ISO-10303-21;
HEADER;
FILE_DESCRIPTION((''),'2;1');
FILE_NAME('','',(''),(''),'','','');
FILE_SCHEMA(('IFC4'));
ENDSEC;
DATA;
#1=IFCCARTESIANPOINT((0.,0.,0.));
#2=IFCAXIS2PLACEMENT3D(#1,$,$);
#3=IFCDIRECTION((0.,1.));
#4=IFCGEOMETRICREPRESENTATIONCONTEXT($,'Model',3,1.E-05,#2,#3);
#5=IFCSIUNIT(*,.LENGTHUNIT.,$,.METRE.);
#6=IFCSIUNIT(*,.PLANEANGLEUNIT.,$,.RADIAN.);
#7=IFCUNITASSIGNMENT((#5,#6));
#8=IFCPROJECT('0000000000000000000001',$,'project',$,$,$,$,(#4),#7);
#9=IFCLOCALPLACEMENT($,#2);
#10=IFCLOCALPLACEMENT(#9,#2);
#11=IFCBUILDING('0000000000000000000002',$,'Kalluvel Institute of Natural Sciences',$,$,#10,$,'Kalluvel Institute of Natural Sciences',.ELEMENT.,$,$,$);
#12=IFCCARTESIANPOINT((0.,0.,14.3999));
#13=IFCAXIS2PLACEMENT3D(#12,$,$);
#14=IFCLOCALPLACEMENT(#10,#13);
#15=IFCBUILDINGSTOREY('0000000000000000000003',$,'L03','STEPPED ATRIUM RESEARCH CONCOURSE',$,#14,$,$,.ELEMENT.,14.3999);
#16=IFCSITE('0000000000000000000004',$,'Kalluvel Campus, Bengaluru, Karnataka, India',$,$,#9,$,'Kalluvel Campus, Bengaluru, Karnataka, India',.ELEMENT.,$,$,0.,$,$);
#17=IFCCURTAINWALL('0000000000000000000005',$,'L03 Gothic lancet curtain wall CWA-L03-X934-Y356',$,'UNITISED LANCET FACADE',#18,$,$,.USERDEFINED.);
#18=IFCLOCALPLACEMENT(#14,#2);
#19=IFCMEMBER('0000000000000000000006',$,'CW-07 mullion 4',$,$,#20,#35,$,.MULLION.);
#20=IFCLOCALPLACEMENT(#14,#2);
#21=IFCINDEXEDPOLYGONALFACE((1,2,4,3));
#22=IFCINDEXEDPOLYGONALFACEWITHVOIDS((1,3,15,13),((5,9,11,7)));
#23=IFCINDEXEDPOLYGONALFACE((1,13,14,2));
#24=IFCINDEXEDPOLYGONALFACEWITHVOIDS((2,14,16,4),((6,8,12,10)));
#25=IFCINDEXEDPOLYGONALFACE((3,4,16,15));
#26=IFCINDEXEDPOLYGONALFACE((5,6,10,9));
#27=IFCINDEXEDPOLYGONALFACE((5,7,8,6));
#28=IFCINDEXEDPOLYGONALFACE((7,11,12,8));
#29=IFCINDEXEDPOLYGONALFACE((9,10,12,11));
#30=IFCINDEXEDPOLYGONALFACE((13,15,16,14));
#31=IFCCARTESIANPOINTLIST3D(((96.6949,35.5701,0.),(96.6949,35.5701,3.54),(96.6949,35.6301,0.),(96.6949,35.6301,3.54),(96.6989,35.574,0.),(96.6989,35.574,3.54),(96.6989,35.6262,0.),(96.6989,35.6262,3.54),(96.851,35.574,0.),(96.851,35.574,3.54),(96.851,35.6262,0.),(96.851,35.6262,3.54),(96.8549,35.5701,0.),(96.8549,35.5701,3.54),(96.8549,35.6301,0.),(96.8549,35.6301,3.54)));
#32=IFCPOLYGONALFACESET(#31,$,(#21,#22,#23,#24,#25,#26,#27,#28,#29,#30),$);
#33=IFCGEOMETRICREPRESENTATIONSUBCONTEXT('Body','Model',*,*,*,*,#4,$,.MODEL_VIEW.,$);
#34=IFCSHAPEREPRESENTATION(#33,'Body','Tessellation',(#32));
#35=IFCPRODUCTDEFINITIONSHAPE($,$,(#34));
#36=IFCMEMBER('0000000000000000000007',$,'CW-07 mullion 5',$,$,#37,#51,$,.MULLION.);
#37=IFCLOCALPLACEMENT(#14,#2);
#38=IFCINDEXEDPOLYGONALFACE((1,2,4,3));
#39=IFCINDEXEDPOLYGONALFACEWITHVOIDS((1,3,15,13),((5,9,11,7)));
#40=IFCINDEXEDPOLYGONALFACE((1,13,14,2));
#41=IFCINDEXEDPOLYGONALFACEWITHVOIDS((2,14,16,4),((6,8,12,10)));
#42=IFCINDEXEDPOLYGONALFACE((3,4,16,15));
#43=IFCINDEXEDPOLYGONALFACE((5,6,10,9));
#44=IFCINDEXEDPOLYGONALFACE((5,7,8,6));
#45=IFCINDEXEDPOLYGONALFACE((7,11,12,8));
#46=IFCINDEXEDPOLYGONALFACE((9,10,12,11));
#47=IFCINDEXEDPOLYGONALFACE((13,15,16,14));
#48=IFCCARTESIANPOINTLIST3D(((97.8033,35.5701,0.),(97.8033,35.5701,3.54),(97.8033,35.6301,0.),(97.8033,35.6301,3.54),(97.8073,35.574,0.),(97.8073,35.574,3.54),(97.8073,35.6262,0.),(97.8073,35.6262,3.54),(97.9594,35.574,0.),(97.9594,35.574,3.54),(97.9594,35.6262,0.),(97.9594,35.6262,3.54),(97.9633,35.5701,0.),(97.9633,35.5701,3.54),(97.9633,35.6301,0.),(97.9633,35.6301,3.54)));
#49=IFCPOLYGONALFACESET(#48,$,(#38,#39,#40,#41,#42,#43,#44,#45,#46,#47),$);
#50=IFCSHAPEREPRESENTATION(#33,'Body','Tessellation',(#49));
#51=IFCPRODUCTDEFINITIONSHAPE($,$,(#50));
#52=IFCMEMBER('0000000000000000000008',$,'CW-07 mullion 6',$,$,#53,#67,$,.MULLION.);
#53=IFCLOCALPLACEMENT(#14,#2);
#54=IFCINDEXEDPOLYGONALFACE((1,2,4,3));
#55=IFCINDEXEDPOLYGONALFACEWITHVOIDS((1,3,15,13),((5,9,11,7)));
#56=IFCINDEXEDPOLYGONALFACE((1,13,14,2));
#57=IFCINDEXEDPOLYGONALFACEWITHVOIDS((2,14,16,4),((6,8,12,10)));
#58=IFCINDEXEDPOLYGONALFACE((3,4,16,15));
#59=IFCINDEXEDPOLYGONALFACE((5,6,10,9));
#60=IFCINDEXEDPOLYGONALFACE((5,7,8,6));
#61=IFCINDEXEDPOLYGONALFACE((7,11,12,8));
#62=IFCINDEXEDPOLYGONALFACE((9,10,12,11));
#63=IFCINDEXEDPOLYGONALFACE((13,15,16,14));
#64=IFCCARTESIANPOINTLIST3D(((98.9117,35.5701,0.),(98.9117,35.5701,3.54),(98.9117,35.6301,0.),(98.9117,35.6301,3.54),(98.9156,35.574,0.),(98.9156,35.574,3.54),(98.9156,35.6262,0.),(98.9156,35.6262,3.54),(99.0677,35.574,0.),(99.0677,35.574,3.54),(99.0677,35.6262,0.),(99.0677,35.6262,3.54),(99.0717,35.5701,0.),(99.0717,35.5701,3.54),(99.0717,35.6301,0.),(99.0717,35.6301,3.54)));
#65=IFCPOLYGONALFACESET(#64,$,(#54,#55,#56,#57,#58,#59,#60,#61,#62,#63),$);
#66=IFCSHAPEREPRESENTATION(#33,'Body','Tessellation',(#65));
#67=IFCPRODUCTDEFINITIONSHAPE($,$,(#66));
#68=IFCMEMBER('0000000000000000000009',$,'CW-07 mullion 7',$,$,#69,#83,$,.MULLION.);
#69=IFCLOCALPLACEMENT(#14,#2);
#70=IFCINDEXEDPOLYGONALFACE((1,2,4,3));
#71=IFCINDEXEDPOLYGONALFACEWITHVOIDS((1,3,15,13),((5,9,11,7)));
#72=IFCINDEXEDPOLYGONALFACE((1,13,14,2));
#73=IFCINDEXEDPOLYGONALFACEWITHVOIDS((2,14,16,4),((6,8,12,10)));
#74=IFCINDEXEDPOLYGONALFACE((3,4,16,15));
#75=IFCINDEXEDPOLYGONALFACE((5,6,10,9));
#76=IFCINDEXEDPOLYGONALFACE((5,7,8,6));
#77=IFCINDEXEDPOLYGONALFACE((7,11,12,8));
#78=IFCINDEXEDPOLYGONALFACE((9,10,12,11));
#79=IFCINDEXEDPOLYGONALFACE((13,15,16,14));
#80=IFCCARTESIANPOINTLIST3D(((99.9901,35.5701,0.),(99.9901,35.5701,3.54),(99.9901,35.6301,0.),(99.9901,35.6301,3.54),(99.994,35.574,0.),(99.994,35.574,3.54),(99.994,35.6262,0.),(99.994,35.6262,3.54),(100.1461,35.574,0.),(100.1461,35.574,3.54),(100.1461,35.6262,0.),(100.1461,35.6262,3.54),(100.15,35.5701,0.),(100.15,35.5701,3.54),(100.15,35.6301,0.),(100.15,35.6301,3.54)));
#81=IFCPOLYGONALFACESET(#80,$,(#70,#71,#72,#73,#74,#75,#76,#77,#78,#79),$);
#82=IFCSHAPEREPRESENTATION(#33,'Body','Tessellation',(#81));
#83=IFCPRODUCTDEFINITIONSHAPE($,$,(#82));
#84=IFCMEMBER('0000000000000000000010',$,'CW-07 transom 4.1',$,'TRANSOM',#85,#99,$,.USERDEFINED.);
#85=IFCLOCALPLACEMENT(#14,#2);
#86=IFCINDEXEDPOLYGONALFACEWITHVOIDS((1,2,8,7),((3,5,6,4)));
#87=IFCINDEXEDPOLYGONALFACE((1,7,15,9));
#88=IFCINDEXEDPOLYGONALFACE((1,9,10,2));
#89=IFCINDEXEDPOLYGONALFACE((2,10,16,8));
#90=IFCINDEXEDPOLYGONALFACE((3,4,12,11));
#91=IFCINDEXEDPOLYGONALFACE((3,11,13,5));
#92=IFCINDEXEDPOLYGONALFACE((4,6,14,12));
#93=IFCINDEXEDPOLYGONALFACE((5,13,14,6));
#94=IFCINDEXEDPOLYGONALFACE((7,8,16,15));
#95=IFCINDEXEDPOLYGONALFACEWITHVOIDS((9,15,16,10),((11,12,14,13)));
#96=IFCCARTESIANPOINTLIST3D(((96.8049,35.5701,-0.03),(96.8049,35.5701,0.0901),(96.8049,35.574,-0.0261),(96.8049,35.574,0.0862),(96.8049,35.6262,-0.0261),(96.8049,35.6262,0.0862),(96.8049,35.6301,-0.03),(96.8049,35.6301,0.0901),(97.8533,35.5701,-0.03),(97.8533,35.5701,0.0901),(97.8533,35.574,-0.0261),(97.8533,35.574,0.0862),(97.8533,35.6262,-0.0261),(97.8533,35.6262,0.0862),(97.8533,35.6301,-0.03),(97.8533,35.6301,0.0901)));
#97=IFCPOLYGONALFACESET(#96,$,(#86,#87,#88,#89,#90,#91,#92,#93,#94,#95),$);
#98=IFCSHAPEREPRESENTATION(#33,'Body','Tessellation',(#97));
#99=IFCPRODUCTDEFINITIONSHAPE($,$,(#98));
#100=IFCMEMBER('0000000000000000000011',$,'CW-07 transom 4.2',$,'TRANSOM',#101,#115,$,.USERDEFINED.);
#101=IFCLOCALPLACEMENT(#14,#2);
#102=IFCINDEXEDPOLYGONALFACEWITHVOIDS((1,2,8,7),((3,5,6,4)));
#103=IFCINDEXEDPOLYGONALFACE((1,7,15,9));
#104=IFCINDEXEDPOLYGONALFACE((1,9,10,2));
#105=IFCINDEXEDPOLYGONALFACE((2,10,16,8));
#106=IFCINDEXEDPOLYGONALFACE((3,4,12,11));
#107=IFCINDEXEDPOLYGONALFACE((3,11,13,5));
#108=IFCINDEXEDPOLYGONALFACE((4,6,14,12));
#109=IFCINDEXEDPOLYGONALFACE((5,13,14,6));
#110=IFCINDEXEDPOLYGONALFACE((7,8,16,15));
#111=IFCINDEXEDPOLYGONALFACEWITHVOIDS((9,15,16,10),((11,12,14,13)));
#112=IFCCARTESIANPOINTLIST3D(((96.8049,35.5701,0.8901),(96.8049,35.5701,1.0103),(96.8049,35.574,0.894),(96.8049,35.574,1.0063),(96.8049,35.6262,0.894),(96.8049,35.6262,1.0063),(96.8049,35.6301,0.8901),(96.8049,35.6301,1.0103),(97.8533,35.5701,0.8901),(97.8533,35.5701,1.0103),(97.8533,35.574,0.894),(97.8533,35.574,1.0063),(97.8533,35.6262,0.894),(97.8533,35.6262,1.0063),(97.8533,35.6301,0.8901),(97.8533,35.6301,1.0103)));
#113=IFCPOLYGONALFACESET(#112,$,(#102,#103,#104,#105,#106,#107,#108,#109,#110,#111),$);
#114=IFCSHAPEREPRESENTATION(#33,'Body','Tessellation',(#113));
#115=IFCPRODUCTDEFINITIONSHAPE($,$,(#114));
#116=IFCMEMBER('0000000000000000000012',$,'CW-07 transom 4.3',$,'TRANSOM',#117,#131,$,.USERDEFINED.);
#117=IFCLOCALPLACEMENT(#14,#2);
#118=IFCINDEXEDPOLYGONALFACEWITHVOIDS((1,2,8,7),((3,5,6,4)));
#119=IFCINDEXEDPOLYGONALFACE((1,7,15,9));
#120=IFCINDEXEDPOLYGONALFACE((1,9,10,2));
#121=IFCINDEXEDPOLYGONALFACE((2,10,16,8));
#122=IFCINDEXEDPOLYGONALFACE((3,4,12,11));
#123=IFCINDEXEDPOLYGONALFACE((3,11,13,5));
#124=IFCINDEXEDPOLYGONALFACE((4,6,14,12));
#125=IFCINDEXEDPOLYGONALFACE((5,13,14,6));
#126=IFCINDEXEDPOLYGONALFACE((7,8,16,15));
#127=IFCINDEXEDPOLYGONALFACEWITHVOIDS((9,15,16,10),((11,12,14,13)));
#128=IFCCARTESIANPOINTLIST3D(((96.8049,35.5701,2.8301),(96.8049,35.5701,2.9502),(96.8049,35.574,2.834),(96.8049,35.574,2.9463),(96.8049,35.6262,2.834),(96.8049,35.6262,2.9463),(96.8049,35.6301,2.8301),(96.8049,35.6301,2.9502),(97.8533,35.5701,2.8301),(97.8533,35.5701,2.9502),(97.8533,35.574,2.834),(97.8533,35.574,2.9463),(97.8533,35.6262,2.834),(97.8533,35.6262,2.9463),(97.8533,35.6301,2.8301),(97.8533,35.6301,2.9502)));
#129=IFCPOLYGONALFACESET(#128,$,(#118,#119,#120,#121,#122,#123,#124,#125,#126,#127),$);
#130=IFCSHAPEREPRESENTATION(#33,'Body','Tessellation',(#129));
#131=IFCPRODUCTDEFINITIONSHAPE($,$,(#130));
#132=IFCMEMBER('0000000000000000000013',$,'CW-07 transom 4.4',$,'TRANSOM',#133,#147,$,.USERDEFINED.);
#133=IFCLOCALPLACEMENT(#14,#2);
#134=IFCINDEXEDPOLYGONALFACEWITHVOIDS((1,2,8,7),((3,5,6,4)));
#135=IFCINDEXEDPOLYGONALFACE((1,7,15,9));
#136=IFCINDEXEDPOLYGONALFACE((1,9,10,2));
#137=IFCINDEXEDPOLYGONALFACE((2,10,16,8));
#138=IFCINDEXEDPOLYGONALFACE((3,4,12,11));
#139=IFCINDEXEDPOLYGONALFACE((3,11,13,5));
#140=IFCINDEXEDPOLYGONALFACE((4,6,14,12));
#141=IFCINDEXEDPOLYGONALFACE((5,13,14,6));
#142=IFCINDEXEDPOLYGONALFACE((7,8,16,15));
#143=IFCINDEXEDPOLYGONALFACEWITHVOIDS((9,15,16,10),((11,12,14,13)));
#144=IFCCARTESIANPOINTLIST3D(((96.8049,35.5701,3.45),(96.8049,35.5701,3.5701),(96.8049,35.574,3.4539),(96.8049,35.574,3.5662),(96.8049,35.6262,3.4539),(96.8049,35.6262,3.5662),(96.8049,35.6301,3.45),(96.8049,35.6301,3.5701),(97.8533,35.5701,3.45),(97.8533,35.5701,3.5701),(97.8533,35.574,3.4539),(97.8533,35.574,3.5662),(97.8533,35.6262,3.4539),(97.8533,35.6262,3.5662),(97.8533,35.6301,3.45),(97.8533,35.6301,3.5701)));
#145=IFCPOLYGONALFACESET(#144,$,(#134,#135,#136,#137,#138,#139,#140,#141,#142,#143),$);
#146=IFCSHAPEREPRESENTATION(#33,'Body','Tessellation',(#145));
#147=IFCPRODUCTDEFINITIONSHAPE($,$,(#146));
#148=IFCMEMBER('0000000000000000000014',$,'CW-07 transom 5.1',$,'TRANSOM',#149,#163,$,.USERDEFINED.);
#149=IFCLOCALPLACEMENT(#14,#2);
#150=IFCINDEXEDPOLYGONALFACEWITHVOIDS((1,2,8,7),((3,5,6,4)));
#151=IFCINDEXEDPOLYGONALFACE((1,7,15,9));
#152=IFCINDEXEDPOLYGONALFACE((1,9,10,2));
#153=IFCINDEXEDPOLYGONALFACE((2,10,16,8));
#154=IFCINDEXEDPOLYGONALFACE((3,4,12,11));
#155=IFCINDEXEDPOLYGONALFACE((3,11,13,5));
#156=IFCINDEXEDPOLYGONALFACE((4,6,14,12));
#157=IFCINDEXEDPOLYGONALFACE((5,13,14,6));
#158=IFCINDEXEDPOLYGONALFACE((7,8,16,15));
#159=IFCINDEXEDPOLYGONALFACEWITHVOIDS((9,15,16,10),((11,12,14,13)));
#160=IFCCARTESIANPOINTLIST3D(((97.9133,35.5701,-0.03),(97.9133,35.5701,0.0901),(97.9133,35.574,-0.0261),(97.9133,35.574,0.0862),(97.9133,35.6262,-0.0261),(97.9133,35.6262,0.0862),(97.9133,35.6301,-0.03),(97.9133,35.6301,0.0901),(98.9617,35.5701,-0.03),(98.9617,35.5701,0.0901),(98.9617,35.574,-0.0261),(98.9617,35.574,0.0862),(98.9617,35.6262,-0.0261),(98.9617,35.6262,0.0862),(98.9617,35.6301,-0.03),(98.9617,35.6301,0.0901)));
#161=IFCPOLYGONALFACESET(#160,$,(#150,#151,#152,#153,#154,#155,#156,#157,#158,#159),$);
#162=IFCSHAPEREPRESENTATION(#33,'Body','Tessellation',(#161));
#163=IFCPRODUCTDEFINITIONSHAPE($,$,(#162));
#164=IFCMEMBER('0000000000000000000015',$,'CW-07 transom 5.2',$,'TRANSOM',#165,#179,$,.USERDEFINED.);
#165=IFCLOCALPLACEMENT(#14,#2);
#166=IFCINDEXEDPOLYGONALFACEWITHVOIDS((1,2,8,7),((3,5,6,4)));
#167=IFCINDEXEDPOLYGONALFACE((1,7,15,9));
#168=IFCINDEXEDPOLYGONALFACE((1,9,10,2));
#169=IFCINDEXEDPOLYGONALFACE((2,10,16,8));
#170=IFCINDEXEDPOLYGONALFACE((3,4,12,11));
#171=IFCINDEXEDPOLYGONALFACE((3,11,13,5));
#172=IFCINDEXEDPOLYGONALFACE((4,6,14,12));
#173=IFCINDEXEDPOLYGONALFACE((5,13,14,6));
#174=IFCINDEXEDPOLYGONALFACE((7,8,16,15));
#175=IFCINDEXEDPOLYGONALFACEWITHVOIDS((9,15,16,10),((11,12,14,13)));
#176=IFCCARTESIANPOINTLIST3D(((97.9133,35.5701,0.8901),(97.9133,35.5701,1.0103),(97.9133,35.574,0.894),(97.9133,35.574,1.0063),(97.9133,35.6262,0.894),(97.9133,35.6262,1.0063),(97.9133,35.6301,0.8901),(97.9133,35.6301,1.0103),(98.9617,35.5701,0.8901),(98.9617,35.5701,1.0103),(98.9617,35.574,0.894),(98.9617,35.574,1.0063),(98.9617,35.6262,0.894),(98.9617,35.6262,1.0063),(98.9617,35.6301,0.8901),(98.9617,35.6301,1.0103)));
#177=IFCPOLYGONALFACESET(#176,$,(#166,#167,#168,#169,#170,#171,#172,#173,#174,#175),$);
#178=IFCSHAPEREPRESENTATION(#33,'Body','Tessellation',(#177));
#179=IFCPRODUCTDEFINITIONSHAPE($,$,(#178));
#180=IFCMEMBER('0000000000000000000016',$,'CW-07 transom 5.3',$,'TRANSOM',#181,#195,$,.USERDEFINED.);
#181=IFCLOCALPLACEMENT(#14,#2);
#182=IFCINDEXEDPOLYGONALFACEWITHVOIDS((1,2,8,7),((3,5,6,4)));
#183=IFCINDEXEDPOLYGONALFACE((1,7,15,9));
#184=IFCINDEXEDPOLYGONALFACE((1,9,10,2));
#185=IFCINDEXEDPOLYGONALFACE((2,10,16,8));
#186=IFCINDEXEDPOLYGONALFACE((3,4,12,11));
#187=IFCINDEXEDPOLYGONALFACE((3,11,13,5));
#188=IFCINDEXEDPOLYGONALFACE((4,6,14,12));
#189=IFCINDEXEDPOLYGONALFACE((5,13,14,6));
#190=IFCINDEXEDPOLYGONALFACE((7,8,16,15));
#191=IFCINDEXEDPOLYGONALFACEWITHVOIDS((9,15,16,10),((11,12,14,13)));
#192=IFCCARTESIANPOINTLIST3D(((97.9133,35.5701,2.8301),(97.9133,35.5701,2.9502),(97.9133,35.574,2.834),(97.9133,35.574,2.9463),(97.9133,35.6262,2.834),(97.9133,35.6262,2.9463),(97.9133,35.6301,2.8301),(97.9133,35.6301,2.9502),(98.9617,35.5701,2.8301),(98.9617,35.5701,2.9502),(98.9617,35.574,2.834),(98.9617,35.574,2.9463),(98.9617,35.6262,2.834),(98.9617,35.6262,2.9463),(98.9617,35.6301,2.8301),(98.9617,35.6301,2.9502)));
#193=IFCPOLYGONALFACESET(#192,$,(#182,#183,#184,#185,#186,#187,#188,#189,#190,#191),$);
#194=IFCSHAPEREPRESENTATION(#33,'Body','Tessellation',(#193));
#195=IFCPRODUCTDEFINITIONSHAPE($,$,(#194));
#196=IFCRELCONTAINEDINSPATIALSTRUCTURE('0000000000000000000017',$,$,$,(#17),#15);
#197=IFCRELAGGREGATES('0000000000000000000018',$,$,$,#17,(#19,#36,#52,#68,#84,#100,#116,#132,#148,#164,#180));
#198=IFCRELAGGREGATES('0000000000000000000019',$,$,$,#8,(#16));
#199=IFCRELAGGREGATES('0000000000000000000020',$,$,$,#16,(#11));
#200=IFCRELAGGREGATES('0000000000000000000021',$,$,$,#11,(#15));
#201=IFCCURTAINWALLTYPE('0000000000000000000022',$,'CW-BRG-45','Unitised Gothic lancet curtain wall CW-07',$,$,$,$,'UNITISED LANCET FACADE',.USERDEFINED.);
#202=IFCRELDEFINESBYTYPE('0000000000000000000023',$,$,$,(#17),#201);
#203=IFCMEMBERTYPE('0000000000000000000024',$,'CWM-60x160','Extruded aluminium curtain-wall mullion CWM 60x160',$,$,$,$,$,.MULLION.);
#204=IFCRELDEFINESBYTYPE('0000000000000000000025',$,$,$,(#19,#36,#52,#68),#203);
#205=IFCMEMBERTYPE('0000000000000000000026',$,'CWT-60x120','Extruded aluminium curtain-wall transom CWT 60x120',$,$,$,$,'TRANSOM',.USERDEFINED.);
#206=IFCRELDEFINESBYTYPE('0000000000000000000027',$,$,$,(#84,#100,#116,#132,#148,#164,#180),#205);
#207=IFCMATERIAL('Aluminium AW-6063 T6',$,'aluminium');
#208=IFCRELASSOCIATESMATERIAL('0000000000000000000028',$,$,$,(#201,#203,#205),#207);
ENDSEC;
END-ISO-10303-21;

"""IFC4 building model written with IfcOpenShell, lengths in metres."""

from ifc_helpers import new_model, si_unit, direction, frame, origin, origin_2d, place, context, subcontext, project, spatial, hollow_rectangle, extrude, material, material_profile, profile_set, type_object, element, aggregate, save


model = new_model("IFC4")

# Units and contexts
model_context = context("Model", 3, precision=1e-05, world=origin(), true_north=direction((0.0, 1.0)))
body_context = subcontext(model_context, "Body", "Model", "MODEL_VIEW")
ifc_project = project(units=[si_unit("LENGTHUNIT", "METRE"), si_unit("PLANEANGLEUNIT", "RADIAN")], contexts=[model_context])

# Site, building, storey
site_placement = place(None, origin())
site = spatial("IfcSite", under=ifc_project, at=site_placement, Name="Kalluvel Campus, Bengaluru, Karnataka, India", LongName="Kalluvel Campus, Bengaluru, Karnataka, India", CompositionType="ELEMENT", RefElevation=0.0)
building_placement = place(site_placement, origin())
building = spatial("IfcBuilding", under=site, at=building_placement, Name="Kalluvel Institute of Natural Sciences", LongName="Kalluvel Institute of Natural Sciences", CompositionType="ELEMENT")
storey_placement = place(building_placement, frame((0.0, 0.0, 14.3999)))
storey = spatial("IfcBuildingStorey", under=building, at=storey_placement, Name="L03", Description="STEPPED ATRIUM RESEARCH CONCOURSE", CompositionType="ELEMENT", Elevation=14.3999)

# Curtain wall, members
ifc_material_1 = material(Name="Aluminium AW-6063 T6", Category="aluminium")
curtain_wall_type = type_object("IfcCurtainWallType", Name="CW-BRG-45", Description="Unitised Gothic lancet curtain wall CW-07", ElementType="UNITISED LANCET FACADE", PredefinedType="USERDEFINED", material=ifc_material_1)
curtain_wall_placement = place(storey_placement, origin())
curtain_wall = element("IfcCurtainWall", 1, at=curtain_wall_placement, inside=storey, type_object=curtain_wall_type, Name="L03 Gothic lancet curtain wall CWA-L03-X934-Y356", ObjectType="UNITISED LANCET FACADE", PredefinedType="USERDEFINED")
ifc_material_profile_1 = material_profile(ifc_material_1, hollow_rectangle(XDim=0.0601, YDim=0.1599, WallThickness=0.0039, at=origin_2d()), Name="CWM 60x160")
ifc_profile_set_1 = profile_set([ifc_material_profile_1], Name="Aluminium AW-6063 T6")
member_type_1 = type_object("IfcMemberType", Name="CWM-60x160", Description="Extruded aluminium curtain-wall mullion CWM 60x160", PredefinedType="MULLION", material=ifc_profile_set_1)
member_1_placement = place(storey_placement, frame((96.7749, 35.6001, 0.0), z_axis=(0.0, 0.0, 1.0), x_axis=(0.0, 1.0, 0.0)))
member_1 = element("IfcMember", 2, at=member_1_placement, type_object=member_type_1, Name="CW-07 mullion 4", PredefinedType="MULLION", context=body_context, shape_type="SweptSolid", body=[
    extrude(hollow_rectangle(XDim=0.0601, YDim=0.1599, WallThickness=0.0039, at=origin_2d()), origin(), (0.0, 0.0, 1.0), 3.54),
])
member_2_placement = place(storey_placement, frame((97.8833, 35.6001, 0.0), z_axis=(0.0, 0.0, 1.0), x_axis=(0.0, 1.0, 0.0)))
member_2 = element("IfcMember", 3, at=member_2_placement, type_object=member_type_1, Name="CW-07 mullion 5", PredefinedType="MULLION", context=body_context, shape_type="SweptSolid", body=[
    extrude(hollow_rectangle(XDim=0.0601, YDim=0.1599, WallThickness=0.0039, at=origin_2d()), origin(), (0.0, 0.0, 1.0), 3.54),
])
member_3_placement = place(storey_placement, frame((98.9917, 35.6001, 0.0), z_axis=(0.0, 0.0, 1.0), x_axis=(0.0, 1.0, 0.0)))
member_3 = element("IfcMember", 4, at=member_3_placement, type_object=member_type_1, Name="CW-07 mullion 6", PredefinedType="MULLION", context=body_context, shape_type="SweptSolid", body=[
    extrude(hollow_rectangle(XDim=0.0601, YDim=0.1599, WallThickness=0.0039, at=origin_2d()), origin(), (0.0, 0.0, 1.0), 3.54),
])
member_4_placement = place(storey_placement, frame((100.0701, 35.6001, 0.0), z_axis=(0.0, 0.0, 1.0), x_axis=(0.0, 1.0, 0.0)))
member_4 = element("IfcMember", 5, at=member_4_placement, type_object=member_type_1, Name="CW-07 mullion 7", PredefinedType="MULLION", context=body_context, shape_type="SweptSolid", body=[
    extrude(hollow_rectangle(XDim=0.0601, YDim=0.1599, WallThickness=0.0039, at=origin_2d()), origin(), (0.0, 0.0, 1.0), 3.54),
])
ifc_material_profile_2 = material_profile(ifc_material_1, hollow_rectangle(XDim=0.0601, YDim=0.1201, WallThickness=0.0039, at=origin_2d()), Name="CWT 60x120")
ifc_profile_set_2 = profile_set([ifc_material_profile_2], Name="Aluminium AW-6063 T6")
member_type_2 = type_object("IfcMemberType", Name="CWT-60x120", Description="Extruded aluminium curtain-wall transom CWT 60x120", ElementType="TRANSOM", PredefinedType="USERDEFINED", material=ifc_profile_set_2)
member_5_placement = place(storey_placement, frame((96.8049, 35.6001, 0.03), z_axis=(1.0, 0.0, 0.0), x_axis=(0.0, 1.0, 0.0)))
member_5 = element("IfcMember", 6, at=member_5_placement, type_object=member_type_2, Name="CW-07 transom 4.1", ObjectType="TRANSOM", PredefinedType="USERDEFINED", context=body_context, shape_type="SweptSolid", body=[
    extrude(hollow_rectangle(XDim=0.0601, YDim=0.1201, WallThickness=0.0039, at=origin_2d()), origin(), (0.0, 0.0, 1.0), 1.0483),
])
member_6_placement = place(storey_placement, frame((96.8049, 35.6001, 0.9502), z_axis=(1.0, 0.0, 0.0), x_axis=(0.0, 1.0, 0.0)))
member_6 = element("IfcMember", 7, at=member_6_placement, type_object=member_type_2, Name="CW-07 transom 4.2", ObjectType="TRANSOM", PredefinedType="USERDEFINED", context=body_context, shape_type="SweptSolid", body=[
    extrude(hollow_rectangle(XDim=0.0601, YDim=0.1201, WallThickness=0.0039, at=origin_2d()), origin(), (0.0, 0.0, 1.0), 1.0483),
])
member_7_placement = place(storey_placement, frame((96.8049, 35.6001, 2.8901), z_axis=(1.0, 0.0, 0.0), x_axis=(0.0, 1.0, 0.0)))
member_7 = element("IfcMember", 8, at=member_7_placement, type_object=member_type_2, Name="CW-07 transom 4.3", ObjectType="TRANSOM", PredefinedType="USERDEFINED", context=body_context, shape_type="SweptSolid", body=[
    extrude(hollow_rectangle(XDim=0.0601, YDim=0.1201, WallThickness=0.0039, at=origin_2d()), origin(), (0.0, 0.0, 1.0), 1.0483),
])
member_8_placement = place(storey_placement, frame((96.8049, 35.6001, 3.51), z_axis=(1.0, 0.0, 0.0), x_axis=(0.0, 1.0, 0.0)))
member_8 = element("IfcMember", 9, at=member_8_placement, type_object=member_type_2, Name="CW-07 transom 4.4", ObjectType="TRANSOM", PredefinedType="USERDEFINED", context=body_context, shape_type="SweptSolid", body=[
    extrude(hollow_rectangle(XDim=0.0601, YDim=0.1201, WallThickness=0.0039, at=origin_2d()), origin(), (0.0, 0.0, 1.0), 1.0483),
])
member_9_placement = place(storey_placement, frame((97.9133, 35.6001, 0.03), z_axis=(1.0, 0.0, 0.0), x_axis=(0.0, 1.0, 0.0)))
member_9 = element("IfcMember", 10, at=member_9_placement, type_object=member_type_2, Name="CW-07 transom 5.1", ObjectType="TRANSOM", PredefinedType="USERDEFINED", context=body_context, shape_type="SweptSolid", body=[
    extrude(hollow_rectangle(XDim=0.0601, YDim=0.1201, WallThickness=0.0039, at=origin_2d()), origin(), (0.0, 0.0, 1.0), 1.0483),
])
member_10_placement = place(storey_placement, frame((97.9133, 35.6001, 0.9502), z_axis=(1.0, 0.0, 0.0), x_axis=(0.0, 1.0, 0.0)))
member_10 = element("IfcMember", 11, at=member_10_placement, type_object=member_type_2, Name="CW-07 transom 5.2", ObjectType="TRANSOM", PredefinedType="USERDEFINED", context=body_context, shape_type="SweptSolid", body=[
    extrude(hollow_rectangle(XDim=0.0601, YDim=0.1201, WallThickness=0.0039, at=origin_2d()), origin(), (0.0, 0.0, 1.0), 1.0483),
])
member_11_placement = place(storey_placement, frame((97.9133, 35.6001, 2.8901), z_axis=(1.0, 0.0, 0.0), x_axis=(0.0, 1.0, 0.0)))
member_11 = element("IfcMember", 12, at=member_11_placement, type_object=member_type_2, Name="CW-07 transom 5.3", ObjectType="TRANSOM", PredefinedType="USERDEFINED", context=body_context, shape_type="SweptSolid", body=[
    extrude(hollow_rectangle(XDim=0.0601, YDim=0.1201, WallThickness=0.0039, at=origin_2d()), origin(), (0.0, 0.0, 1.0), 1.0483),
])
aggregate(curtain_wall, [member_1, member_2, member_3, member_4, member_5, member_6, member_7, member_8, member_9, member_10, member_11])

save(model, "model.ifc")
